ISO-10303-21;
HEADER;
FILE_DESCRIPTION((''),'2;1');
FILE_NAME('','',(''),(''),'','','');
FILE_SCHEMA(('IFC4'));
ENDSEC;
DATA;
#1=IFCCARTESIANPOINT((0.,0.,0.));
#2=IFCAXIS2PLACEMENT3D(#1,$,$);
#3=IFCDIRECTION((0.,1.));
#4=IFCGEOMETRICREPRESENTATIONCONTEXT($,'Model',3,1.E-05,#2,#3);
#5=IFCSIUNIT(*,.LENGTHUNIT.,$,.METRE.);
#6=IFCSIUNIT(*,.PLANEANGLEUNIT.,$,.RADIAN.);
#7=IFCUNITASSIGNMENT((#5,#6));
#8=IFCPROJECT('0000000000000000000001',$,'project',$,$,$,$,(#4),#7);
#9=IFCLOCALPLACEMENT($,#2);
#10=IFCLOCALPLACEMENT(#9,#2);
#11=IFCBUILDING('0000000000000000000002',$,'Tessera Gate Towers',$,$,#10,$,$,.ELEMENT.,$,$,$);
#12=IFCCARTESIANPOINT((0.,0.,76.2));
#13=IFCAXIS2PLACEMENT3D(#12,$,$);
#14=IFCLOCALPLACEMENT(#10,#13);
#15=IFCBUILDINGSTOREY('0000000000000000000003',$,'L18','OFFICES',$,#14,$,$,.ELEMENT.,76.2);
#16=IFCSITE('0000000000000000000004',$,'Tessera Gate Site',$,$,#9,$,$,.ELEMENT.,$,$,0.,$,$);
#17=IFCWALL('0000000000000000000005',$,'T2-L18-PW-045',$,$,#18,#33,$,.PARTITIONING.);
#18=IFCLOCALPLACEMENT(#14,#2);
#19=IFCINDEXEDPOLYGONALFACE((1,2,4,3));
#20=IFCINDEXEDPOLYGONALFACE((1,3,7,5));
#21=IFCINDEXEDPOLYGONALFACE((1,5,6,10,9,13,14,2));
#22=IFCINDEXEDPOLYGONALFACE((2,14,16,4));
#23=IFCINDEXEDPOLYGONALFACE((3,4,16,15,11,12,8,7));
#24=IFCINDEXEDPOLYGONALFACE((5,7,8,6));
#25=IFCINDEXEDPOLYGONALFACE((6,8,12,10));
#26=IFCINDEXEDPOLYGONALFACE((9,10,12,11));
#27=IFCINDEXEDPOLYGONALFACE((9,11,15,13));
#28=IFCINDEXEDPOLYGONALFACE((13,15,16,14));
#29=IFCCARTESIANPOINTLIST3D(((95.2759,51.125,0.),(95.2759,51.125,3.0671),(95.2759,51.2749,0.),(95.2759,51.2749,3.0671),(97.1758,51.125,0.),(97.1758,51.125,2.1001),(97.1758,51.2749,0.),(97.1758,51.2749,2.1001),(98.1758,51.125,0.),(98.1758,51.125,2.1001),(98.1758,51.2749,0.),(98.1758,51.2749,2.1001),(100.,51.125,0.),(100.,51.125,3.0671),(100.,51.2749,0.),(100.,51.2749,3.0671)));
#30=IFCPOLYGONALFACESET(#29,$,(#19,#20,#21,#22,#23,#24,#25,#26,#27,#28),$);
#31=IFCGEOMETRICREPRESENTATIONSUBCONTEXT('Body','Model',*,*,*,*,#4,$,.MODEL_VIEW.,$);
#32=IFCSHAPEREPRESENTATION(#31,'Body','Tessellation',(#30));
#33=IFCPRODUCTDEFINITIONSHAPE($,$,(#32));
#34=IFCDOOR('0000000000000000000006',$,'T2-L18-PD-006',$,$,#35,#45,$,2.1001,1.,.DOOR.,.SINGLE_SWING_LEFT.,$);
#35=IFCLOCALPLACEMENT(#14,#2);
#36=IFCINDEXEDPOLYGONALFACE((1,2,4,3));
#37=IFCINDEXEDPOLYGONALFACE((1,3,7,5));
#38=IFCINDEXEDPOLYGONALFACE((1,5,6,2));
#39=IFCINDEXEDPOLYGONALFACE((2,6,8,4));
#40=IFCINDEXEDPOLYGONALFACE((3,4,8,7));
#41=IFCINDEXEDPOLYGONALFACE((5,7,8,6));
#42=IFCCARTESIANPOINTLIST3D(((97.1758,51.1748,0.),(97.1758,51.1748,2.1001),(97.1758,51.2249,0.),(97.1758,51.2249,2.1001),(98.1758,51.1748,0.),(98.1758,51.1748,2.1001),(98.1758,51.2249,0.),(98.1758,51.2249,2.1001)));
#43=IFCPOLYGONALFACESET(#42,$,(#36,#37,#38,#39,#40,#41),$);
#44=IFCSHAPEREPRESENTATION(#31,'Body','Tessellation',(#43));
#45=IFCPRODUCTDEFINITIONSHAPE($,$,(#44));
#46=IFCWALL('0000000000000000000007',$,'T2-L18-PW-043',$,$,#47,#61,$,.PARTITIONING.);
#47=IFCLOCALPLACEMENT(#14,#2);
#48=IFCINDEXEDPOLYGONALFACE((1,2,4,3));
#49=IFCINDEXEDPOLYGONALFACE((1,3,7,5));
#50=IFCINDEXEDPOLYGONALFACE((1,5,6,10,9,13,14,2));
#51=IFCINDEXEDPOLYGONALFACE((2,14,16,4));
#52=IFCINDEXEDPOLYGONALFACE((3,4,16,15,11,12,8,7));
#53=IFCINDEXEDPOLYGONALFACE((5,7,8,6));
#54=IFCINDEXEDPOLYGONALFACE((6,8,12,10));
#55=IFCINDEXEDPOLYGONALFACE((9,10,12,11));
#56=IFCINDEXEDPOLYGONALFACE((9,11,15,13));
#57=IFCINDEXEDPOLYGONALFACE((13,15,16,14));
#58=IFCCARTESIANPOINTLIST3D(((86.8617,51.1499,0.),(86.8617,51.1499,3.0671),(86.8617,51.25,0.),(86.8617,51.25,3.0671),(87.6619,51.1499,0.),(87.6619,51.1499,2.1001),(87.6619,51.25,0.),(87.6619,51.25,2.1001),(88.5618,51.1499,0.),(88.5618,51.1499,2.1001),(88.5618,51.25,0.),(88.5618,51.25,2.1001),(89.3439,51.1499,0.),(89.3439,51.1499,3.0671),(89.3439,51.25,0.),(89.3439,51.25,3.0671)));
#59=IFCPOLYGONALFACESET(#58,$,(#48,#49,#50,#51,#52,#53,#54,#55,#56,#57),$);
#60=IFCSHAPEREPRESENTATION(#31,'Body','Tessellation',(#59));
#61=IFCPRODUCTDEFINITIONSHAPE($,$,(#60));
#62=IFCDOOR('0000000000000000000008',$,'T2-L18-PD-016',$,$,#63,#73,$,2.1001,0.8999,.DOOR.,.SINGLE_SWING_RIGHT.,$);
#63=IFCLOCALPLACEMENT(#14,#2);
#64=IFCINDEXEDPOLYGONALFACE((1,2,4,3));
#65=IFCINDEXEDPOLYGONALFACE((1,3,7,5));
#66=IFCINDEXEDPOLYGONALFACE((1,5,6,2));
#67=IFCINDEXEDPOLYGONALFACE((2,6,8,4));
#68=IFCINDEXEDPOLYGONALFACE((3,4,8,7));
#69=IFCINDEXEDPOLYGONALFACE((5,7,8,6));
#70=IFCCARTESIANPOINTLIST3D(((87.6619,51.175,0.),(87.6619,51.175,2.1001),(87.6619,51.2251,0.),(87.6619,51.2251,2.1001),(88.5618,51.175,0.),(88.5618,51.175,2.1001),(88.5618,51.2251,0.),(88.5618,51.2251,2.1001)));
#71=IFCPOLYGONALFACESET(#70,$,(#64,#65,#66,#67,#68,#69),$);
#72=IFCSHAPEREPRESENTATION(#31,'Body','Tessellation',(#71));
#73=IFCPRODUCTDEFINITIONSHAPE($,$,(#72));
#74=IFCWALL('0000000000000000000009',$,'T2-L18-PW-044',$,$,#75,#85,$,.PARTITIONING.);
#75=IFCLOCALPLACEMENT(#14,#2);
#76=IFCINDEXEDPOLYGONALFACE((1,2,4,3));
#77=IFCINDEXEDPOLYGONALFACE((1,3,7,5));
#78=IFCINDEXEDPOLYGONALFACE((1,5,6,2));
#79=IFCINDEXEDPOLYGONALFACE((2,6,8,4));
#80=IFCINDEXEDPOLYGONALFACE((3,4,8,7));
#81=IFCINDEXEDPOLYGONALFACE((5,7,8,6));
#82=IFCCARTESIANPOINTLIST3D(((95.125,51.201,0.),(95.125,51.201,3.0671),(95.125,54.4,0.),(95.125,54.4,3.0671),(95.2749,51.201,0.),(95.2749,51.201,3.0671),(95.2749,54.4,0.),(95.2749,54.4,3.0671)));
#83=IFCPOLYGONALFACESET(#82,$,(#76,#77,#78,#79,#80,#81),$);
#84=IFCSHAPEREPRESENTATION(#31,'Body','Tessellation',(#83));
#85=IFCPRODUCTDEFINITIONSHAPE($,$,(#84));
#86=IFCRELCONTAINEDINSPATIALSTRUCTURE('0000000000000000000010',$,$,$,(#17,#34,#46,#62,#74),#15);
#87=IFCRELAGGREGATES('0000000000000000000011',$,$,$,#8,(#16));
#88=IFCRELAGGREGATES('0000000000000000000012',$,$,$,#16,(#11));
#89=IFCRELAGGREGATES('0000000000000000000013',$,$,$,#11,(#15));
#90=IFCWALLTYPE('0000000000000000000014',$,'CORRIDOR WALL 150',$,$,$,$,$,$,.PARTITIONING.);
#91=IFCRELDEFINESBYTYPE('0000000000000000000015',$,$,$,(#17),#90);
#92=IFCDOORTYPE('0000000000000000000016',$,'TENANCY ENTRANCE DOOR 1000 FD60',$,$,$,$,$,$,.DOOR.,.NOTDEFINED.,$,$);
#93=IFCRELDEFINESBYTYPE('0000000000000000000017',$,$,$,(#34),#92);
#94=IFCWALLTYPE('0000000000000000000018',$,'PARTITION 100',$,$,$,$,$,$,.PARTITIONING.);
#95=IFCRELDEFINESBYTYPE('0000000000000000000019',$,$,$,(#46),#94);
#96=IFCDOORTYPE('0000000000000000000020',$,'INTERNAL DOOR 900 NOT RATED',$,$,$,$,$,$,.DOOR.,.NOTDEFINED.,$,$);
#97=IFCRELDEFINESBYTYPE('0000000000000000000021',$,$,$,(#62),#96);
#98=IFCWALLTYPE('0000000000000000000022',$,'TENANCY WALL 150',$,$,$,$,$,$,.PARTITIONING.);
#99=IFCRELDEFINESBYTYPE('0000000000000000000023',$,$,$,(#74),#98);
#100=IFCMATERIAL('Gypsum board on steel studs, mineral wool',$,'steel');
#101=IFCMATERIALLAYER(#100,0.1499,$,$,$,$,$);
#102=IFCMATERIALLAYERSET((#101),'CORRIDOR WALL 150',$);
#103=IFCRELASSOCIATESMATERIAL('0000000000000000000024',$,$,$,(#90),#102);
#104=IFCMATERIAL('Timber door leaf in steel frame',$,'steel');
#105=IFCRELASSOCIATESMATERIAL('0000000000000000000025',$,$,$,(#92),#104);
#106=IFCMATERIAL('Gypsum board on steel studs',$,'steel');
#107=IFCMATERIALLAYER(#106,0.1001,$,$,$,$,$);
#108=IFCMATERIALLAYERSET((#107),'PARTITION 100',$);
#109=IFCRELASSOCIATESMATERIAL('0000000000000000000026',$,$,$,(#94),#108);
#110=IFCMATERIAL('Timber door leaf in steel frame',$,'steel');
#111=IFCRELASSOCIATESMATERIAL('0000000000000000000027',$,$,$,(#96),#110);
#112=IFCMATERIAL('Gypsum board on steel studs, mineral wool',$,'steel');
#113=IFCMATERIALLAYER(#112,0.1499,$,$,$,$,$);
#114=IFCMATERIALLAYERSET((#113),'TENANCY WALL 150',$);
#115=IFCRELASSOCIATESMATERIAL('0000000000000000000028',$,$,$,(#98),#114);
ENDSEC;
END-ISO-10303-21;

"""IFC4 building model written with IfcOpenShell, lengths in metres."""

from ifc_helpers import new_model, si_unit, direction, frame, frame_2d, origin, place, context, subcontext, project, spatial, rectangle, extrude, source, transform, mapped, material, layer, layer_set, type_object, element, fill, save


model = new_model("IFC4")

# Units and contexts
model_context = context("Model", 3, precision=1e-05, world=origin(), true_north=direction((0.0, 1.0)))
body_context = subcontext(model_context, "Body", "Model", "MODEL_VIEW")
ifc_project = project(units=[si_unit("LENGTHUNIT", "METRE"), si_unit("PLANEANGLEUNIT", "RADIAN")], contexts=[model_context])

# Site, building, storey
site_placement = place(None, origin())
site = spatial("IfcSite", under=ifc_project, at=site_placement, Name="Tessera Gate Site", CompositionType="ELEMENT", RefElevation=0.0)
building_placement = place(site_placement, origin())
building = spatial("IfcBuilding", under=site, at=building_placement, Name="Tessera Gate Towers", CompositionType="ELEMENT")
storey_placement = place(building_placement, frame((0.0, 0.0, 76.2)))
storey = spatial("IfcBuildingStorey", under=building, at=storey_placement, Name="L18", Description="OFFICES", CompositionType="ELEMENT", Elevation=76.2)

# Walls, openings, doors
ifc_material_1 = material(Name="Gypsum board on steel studs, mineral wool", Category="steel")
ifc_layer_1 = layer(ifc_material_1, 0.1499)
ifc_layer_set_1 = layer_set([ifc_layer_1], Name="CORRIDOR WALL 150")
wall_type_1 = type_object("IfcWallType", Name="CORRIDOR WALL 150", PredefinedType="PARTITIONING", material=ifc_layer_set_1)
wall_1_placement = place(storey_placement, frame((95.2759, 51.2, 0.0), z_axis=(0.0, 0.0, 1.0), x_axis=(1.0, 0.0, 0.0)))
wall_1 = element("IfcWall", 1, at=wall_1_placement, inside=storey, type_object=wall_type_1, Name="T2-L18-PW-045", PredefinedType="PARTITIONING", context=body_context, shape_type="SweptSolid", body=[
    extrude(rectangle(XDim=4.7241, YDim=0.1499, at=frame_2d((2.3621, 0.0))), origin(), (0.0, 0.0, 1.0), 3.0671),
])
shared_shape_1 = source(origin(), body_context, "Body", "SweptSolid", [
    extrude(rectangle(XDim=1.0, YDim=2.1001, at=frame_2d((0.5, 1.05))), frame((0.0, 0.085, 0.0), z_axis=(0.0, -1.0, 0.0), x_axis=(1.0, 0.0, 0.0)), (0.0, 0.0, 1.0), 0.1699),
])
opening_1_placement = place(wall_1_placement, frame((1.8999, 0.0, 0.0)))
opening_1 = element("IfcOpeningElement", 2, at=opening_1_placement, cuts=wall_1, PredefinedType="OPENING", context=body_context, shape_type="MappedRepresentation", body=[
    mapped(shared_shape_1, transform((0.0, 0.0, 0.0), scale=1.0)),
])
ifc_material_2 = material(Name="Timber door leaf in steel frame", Category="steel")
door_type_1 = type_object("IfcDoorType", Name="TENANCY ENTRANCE DOOR 1000 FD60", OperationType="NOTDEFINED", PredefinedType="DOOR", material=ifc_material_2)
shared_shape_2 = source(origin(), body_context, "Body", "SweptSolid", [
    extrude(rectangle(XDim=1.0, YDim=2.1001, at=frame_2d((0.5, 1.05))), frame((0.0, 0.0249, 0.0), z_axis=(0.0, -1.0, 0.0), x_axis=(1.0, 0.0, 0.0)), (0.0, 0.0, 1.0), 0.05),
])
door_1_placement = place(opening_1_placement, origin())
door_1 = element("IfcDoor", 3, at=door_1_placement, inside=storey, type_object=door_type_1, Name="T2-L18-PD-006", OperationType="SINGLE_SWING_LEFT", OverallHeight=2.1001, OverallWidth=1.0, PredefinedType="DOOR", context=body_context, shape_type="MappedRepresentation", body=[
    mapped(shared_shape_2, transform((0.0, 0.0, 0.0), scale=1.0)),
])
fill(opening_1, door_1)
ifc_material_3 = material(Name="Gypsum board on steel studs", Category="steel")
ifc_layer_2 = layer(ifc_material_3, 0.1001)
ifc_layer_set_2 = layer_set([ifc_layer_2], Name="PARTITION 100")
wall_type_2 = type_object("IfcWallType", Name="PARTITION 100", PredefinedType="PARTITIONING", material=ifc_layer_set_2)
wall_2_placement = place(storey_placement, frame((89.344, 51.2, 0.0), z_axis=(0.0, 0.0, 1.0), x_axis=(-1.0, 0.0, 0.0)))
wall_2 = element("IfcWall", 4, at=wall_2_placement, inside=storey, type_object=wall_type_2, Name="T2-L18-PW-043", PredefinedType="PARTITIONING", context=body_context, shape_type="SweptSolid", body=[
    extrude(rectangle(XDim=2.4822, YDim=0.1001, at=frame_2d((1.2412, 0.0))), origin(), (0.0, 0.0, 1.0), 3.0671),
])
shared_shape_3 = source(origin(), body_context, "Body", "SweptSolid", [
    extrude(rectangle(XDim=0.8999, YDim=2.1001, at=frame_2d((0.45, 1.05))), frame((0.0, 0.0601, 0.0), z_axis=(0.0, -1.0, 0.0), x_axis=(1.0, 0.0, 0.0)), (0.0, 0.0, 1.0), 0.1201),
])
opening_2_placement = place(wall_2_placement, frame((0.7822, 0.0, 0.0)))
opening_2 = element("IfcOpeningElement", 5, at=opening_2_placement, cuts=wall_2, PredefinedType="OPENING", context=body_context, shape_type="MappedRepresentation", body=[
    mapped(shared_shape_3, transform((0.0, 0.0, 0.0), scale=1.0)),
])
ifc_material_4 = material(Name="Timber door leaf in steel frame", Category="steel")
door_type_2 = type_object("IfcDoorType", Name="INTERNAL DOOR 900 NOT RATED", OperationType="NOTDEFINED", PredefinedType="DOOR", material=ifc_material_4)
shared_shape_4 = source(origin(), body_context, "Body", "SweptSolid", [
    extrude(rectangle(XDim=0.8999, YDim=2.1001, at=frame_2d((0.45, 1.05))), frame((0.0, 0.0249, 0.0), z_axis=(0.0, -1.0, 0.0), x_axis=(1.0, 0.0, 0.0)), (0.0, 0.0, 1.0), 0.05),
])
door_2_placement = place(opening_2_placement, origin())
door_2 = element("IfcDoor", 6, at=door_2_placement, inside=storey, type_object=door_type_2, Name="T2-L18-PD-016", OperationType="SINGLE_SWING_RIGHT", OverallHeight=2.1001, OverallWidth=0.8999, PredefinedType="DOOR", context=body_context, shape_type="MappedRepresentation", body=[
    mapped(shared_shape_4, transform((0.0, 0.0, 0.0), scale=1.0)),
])
fill(opening_2, door_2)

# Wall
ifc_material_5 = material(Name="Gypsum board on steel studs, mineral wool", Category="steel")
ifc_layer_3 = layer(ifc_material_5, 0.1499)
ifc_layer_set_3 = layer_set([ifc_layer_3], Name="TENANCY WALL 150")
wall_type_3 = type_object("IfcWallType", Name="TENANCY WALL 150", PredefinedType="PARTITIONING", material=ifc_layer_set_3)
wall_3_placement = place(storey_placement, frame((95.2, 51.2009, 0.0), z_axis=(0.0, 0.0, 1.0), x_axis=(0.0, 1.0, 0.0)))
element("IfcWall", 7, at=wall_3_placement, inside=storey, type_object=wall_type_3, Name="T2-L18-PW-044", PredefinedType="PARTITIONING", context=body_context, shape_type="SweptSolid", body=[
    extrude(rectangle(XDim=3.199, YDim=0.1499, at=frame_2d((1.5996, 0.0))), origin(), (0.0, 0.0, 1.0), 3.0671),
])

save(model, "model.ifc")
